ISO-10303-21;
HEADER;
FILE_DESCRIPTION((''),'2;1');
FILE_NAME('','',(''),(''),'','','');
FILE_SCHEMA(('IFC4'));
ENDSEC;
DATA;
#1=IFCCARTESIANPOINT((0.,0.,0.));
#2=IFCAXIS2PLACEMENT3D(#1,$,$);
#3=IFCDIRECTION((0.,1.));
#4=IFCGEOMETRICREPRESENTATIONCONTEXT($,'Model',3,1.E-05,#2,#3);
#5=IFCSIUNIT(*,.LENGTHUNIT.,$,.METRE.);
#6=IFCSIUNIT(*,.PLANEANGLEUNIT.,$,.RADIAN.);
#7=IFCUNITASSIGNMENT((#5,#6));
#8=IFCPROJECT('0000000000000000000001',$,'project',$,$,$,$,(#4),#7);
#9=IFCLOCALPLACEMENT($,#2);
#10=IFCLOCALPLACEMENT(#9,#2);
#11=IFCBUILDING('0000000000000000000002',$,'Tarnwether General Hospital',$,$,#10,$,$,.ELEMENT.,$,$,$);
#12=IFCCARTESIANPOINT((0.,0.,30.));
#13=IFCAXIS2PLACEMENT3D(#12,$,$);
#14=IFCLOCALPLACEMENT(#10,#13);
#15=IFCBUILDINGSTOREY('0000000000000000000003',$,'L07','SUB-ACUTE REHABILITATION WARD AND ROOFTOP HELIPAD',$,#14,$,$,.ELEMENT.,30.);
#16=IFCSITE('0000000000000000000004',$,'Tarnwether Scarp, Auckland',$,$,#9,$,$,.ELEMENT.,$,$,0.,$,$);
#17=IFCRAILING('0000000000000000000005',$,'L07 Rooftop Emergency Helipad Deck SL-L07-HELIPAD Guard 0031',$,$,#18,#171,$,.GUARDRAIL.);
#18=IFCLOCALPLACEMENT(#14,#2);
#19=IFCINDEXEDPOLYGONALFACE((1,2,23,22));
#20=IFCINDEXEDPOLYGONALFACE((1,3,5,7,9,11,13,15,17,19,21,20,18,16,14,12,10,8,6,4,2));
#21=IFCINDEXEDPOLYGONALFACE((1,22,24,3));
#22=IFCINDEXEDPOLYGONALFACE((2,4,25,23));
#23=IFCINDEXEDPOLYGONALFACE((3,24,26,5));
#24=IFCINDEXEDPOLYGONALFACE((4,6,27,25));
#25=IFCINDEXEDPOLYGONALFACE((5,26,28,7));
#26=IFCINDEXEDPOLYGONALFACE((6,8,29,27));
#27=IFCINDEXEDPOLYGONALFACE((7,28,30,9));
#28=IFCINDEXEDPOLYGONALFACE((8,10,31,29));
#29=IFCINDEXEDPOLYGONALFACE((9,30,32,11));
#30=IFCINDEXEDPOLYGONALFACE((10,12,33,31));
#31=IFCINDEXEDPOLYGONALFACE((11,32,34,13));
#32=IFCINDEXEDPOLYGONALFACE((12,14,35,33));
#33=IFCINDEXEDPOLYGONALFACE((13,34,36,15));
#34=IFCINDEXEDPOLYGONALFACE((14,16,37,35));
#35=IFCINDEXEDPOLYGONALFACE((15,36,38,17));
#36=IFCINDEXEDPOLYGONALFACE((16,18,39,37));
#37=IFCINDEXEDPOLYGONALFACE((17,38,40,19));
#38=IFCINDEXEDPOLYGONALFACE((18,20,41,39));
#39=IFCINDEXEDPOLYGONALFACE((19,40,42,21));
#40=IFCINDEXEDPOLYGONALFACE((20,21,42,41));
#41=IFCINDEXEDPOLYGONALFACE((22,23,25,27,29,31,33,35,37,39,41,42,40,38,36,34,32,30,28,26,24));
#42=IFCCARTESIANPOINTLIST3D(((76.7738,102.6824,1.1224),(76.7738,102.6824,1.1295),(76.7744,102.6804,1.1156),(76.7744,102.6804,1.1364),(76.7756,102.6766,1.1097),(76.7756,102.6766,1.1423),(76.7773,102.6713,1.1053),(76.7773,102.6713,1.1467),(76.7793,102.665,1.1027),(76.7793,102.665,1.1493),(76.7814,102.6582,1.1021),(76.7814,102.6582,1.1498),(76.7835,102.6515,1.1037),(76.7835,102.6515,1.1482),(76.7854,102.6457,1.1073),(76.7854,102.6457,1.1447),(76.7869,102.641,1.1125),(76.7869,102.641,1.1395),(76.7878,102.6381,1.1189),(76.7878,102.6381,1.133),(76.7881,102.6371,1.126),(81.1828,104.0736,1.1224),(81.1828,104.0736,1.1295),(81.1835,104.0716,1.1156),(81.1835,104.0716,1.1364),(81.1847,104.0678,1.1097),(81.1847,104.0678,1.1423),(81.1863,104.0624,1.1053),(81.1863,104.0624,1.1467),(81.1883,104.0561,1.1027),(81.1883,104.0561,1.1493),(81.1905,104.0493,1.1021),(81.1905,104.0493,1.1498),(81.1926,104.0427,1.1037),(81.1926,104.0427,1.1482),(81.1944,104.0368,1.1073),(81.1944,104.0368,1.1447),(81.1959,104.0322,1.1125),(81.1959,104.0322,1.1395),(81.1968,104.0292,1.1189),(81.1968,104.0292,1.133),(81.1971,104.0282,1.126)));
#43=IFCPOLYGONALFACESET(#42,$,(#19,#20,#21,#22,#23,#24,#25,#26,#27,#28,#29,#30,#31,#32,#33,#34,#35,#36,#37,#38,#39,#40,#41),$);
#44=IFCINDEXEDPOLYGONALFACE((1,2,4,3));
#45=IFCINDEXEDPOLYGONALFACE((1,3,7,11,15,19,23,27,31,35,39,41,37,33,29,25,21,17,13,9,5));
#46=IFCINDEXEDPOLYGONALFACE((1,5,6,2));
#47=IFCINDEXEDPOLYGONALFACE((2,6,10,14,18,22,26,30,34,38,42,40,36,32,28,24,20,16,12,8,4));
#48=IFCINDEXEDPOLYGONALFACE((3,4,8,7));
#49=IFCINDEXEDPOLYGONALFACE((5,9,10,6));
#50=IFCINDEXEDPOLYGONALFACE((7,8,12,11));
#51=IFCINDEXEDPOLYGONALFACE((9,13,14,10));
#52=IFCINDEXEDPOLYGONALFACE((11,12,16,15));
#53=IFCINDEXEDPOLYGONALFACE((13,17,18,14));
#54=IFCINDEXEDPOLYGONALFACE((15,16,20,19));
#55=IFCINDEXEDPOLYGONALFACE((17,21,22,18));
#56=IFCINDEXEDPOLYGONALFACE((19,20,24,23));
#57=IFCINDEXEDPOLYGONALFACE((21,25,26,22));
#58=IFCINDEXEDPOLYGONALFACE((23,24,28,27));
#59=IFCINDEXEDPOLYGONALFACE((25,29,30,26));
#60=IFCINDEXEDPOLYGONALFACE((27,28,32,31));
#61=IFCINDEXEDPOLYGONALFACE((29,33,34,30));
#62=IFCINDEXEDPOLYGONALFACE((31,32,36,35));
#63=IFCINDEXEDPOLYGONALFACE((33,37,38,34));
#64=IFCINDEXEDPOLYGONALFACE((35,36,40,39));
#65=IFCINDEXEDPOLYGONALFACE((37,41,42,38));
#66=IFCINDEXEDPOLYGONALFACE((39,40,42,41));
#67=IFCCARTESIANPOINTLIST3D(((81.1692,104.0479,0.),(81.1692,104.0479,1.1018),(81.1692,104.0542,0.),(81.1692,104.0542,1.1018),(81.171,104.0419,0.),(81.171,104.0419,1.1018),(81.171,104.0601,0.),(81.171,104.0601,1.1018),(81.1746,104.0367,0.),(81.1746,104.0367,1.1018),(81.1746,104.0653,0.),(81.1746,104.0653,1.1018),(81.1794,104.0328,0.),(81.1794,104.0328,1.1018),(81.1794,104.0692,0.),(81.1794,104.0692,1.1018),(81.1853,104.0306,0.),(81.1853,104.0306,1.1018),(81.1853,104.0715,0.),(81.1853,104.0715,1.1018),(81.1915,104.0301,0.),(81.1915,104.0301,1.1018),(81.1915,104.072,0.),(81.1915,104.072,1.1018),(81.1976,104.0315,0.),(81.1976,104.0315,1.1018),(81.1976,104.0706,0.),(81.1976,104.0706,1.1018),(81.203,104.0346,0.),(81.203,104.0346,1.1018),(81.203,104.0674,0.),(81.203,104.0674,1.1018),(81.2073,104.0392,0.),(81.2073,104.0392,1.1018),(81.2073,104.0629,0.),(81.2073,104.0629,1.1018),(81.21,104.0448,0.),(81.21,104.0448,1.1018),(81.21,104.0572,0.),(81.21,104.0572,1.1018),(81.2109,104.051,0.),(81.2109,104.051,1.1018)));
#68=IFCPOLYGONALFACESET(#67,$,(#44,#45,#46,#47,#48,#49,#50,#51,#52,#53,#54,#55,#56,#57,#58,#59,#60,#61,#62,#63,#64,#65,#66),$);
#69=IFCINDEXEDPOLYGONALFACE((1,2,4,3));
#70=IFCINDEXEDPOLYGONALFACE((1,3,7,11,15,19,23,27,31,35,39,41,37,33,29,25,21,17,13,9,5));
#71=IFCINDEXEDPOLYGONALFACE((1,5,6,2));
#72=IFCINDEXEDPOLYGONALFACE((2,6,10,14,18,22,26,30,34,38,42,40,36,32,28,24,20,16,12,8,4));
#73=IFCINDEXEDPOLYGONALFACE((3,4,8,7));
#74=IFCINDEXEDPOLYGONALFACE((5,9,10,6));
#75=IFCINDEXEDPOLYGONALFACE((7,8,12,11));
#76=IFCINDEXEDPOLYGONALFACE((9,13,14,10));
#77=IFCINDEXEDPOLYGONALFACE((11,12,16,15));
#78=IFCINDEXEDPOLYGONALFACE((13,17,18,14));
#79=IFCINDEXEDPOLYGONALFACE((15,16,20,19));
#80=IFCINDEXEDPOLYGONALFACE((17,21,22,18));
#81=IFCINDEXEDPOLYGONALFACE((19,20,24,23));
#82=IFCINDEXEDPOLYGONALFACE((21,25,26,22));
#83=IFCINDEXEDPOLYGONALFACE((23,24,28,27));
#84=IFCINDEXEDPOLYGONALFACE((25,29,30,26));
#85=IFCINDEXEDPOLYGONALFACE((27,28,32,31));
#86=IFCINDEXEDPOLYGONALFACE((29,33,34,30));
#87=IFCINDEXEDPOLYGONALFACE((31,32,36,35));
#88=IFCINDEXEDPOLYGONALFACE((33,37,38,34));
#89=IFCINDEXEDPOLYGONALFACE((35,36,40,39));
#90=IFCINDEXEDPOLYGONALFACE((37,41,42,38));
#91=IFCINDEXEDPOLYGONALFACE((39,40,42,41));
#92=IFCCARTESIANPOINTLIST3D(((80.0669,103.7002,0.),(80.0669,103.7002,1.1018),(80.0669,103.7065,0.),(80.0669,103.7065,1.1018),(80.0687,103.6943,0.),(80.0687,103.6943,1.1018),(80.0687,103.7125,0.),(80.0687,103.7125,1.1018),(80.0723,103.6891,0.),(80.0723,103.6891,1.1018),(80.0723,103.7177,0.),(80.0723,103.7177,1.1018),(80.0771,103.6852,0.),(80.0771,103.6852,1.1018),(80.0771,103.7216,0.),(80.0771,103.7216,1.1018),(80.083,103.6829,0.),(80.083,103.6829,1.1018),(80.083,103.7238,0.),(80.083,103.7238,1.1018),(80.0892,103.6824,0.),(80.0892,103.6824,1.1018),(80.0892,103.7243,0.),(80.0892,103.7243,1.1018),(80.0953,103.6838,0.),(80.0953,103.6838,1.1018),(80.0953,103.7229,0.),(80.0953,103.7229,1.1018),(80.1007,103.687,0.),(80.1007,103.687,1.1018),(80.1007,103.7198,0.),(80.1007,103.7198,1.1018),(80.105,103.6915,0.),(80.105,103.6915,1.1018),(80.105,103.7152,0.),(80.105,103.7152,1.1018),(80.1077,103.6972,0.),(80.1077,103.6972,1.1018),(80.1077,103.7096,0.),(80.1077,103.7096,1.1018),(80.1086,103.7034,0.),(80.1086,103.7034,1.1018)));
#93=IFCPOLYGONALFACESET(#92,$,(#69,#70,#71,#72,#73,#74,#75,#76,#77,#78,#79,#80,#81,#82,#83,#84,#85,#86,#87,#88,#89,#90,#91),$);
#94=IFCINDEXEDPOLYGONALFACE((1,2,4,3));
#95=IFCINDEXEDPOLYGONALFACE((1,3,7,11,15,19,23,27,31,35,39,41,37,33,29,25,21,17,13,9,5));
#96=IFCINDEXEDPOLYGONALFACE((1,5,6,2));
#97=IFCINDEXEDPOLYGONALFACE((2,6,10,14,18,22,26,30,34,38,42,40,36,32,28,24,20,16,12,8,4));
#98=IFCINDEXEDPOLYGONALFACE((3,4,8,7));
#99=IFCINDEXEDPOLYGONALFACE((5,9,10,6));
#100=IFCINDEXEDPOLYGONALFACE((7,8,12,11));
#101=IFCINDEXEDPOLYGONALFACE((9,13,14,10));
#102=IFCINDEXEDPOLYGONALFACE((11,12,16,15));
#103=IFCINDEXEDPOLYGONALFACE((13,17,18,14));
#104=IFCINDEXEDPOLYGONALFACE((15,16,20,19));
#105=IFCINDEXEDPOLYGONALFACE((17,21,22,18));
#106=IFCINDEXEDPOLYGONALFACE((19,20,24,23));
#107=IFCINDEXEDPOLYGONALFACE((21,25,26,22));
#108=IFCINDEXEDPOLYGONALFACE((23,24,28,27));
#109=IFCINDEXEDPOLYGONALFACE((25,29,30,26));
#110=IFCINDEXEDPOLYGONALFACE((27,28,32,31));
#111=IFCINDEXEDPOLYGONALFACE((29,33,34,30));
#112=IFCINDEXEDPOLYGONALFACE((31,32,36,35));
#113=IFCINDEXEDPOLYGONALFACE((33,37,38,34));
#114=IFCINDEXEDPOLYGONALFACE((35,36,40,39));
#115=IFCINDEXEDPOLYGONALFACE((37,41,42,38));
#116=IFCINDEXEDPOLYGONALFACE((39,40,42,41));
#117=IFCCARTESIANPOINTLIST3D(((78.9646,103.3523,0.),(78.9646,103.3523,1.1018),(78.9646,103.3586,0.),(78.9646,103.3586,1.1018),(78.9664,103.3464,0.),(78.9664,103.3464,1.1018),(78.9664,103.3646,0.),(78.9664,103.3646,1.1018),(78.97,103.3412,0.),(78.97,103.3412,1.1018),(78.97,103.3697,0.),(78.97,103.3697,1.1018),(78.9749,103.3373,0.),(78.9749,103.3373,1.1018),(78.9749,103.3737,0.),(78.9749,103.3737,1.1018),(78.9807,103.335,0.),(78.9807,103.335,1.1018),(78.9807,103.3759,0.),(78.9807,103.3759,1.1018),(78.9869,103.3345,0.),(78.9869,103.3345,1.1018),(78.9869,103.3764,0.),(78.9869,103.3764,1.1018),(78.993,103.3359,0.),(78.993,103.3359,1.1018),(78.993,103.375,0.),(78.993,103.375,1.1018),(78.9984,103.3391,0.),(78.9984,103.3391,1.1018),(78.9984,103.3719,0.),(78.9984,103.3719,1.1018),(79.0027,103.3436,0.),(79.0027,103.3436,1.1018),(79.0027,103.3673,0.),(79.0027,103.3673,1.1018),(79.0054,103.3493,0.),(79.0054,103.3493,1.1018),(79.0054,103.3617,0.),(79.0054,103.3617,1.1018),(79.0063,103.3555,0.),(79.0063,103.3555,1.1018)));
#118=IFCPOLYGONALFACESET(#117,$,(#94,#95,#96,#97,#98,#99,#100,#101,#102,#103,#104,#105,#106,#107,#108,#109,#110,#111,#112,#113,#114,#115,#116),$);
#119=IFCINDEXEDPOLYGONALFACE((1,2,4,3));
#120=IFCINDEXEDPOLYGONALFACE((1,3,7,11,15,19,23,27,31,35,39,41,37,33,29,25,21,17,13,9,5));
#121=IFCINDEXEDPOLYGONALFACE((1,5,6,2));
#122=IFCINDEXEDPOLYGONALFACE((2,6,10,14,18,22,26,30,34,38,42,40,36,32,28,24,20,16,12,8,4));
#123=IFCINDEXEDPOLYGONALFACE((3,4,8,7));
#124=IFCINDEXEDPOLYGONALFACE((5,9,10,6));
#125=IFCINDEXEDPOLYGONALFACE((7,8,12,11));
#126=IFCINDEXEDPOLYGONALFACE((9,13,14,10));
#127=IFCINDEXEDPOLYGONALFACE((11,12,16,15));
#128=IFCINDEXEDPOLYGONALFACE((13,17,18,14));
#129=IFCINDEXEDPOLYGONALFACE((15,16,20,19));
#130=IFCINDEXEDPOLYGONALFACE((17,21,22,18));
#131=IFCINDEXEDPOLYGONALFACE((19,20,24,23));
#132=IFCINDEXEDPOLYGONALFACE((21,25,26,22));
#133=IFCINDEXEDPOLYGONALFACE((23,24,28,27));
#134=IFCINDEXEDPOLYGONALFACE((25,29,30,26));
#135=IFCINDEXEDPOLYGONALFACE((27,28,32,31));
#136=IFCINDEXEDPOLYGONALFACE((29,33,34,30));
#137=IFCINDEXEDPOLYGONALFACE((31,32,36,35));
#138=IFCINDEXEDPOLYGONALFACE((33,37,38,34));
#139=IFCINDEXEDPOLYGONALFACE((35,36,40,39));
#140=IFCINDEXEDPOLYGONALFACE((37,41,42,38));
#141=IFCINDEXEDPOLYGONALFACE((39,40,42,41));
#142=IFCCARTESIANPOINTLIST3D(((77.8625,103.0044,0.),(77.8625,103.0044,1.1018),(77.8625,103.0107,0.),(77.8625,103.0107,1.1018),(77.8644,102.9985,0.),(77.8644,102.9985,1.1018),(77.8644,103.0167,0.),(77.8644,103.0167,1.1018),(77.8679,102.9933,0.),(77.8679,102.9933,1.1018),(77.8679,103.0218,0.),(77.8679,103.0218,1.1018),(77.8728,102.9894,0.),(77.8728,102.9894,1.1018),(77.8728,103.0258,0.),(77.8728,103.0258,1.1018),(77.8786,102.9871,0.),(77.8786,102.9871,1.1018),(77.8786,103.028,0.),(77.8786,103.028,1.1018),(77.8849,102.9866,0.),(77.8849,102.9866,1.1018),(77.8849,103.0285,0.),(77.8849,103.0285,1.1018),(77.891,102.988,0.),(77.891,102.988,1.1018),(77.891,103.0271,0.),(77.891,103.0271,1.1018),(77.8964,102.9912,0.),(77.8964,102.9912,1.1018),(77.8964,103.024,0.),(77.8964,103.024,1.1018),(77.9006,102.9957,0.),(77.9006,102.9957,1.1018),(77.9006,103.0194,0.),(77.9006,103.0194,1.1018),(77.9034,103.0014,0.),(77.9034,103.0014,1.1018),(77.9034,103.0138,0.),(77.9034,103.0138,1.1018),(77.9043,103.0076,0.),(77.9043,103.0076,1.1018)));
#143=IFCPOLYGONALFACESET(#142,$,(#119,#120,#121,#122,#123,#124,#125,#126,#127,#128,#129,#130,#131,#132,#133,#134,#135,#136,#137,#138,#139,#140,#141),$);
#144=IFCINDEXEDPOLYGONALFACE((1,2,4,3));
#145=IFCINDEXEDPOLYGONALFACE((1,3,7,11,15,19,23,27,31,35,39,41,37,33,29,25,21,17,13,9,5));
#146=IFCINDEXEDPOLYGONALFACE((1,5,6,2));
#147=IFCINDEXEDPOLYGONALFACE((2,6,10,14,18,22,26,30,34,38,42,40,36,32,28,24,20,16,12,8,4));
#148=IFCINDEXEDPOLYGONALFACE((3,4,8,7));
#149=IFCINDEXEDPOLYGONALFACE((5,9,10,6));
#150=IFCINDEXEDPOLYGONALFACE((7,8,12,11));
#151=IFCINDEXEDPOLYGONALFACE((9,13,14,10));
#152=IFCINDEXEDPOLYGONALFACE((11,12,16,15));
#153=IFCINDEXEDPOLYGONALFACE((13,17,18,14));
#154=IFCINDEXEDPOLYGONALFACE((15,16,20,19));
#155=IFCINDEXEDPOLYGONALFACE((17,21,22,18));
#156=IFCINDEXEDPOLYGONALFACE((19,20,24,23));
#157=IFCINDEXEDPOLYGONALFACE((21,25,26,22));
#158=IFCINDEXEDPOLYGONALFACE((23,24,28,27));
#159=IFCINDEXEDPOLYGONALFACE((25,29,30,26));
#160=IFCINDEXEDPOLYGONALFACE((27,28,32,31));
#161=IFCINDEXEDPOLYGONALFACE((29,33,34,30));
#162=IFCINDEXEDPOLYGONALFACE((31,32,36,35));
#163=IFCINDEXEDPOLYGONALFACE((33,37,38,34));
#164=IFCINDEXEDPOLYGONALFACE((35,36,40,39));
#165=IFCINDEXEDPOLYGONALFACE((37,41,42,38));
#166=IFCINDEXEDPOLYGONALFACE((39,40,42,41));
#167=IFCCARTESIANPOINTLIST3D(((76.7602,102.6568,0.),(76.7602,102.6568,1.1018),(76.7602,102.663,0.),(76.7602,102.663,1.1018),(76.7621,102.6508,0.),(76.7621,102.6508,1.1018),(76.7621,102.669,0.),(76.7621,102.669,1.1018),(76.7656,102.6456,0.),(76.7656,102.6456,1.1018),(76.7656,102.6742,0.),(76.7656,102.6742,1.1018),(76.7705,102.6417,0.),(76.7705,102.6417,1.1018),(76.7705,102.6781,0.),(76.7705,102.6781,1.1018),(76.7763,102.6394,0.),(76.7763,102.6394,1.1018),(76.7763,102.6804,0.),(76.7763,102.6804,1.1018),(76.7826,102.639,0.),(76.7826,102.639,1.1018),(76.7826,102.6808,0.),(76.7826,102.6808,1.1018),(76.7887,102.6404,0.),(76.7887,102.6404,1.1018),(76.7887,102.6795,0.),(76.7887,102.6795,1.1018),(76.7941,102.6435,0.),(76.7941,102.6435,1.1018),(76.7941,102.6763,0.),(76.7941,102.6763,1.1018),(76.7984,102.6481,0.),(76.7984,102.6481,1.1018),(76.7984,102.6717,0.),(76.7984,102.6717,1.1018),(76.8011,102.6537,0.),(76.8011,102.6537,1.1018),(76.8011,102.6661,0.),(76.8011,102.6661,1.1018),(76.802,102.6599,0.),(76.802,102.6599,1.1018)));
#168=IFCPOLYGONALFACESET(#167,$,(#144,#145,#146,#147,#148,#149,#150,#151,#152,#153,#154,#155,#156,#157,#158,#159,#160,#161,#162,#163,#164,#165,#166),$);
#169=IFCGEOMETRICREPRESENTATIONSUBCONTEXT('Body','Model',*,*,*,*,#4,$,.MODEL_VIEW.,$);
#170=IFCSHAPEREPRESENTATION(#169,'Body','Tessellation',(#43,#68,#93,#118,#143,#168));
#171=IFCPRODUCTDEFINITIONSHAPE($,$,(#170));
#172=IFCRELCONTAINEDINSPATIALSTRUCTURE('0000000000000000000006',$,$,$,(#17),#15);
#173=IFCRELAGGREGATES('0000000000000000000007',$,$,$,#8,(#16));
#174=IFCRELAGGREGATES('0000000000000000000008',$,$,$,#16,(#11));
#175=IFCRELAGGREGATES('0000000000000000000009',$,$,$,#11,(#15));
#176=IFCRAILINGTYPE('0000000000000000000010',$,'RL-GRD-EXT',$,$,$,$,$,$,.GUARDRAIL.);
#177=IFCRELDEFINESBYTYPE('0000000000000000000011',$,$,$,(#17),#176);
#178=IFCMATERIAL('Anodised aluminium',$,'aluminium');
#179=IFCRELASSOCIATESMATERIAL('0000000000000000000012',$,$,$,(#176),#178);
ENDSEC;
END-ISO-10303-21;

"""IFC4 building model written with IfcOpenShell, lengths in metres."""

from ifc_helpers import new_model, si_unit, direction, frame, origin, origin_2d, place, context, subcontext, project, spatial, circle, extrude, material, type_object, element, save


model = new_model("IFC4")

# Units and contexts
model_context = context("Model", 3, precision=1e-05, world=origin(), true_north=direction((0.0, 1.0)))
body_context = subcontext(model_context, "Body", "Model", "MODEL_VIEW")
ifc_project = project(units=[si_unit("LENGTHUNIT", "METRE"), si_unit("PLANEANGLEUNIT", "RADIAN")], contexts=[model_context])

# Site, building, storey
site_placement = place(None, origin())
site = spatial("IfcSite", under=ifc_project, at=site_placement, Name="Tarnwether Scarp, Auckland", CompositionType="ELEMENT", RefElevation=0.0)
building_placement = place(site_placement, origin())
building = spatial("IfcBuilding", under=site, at=building_placement, Name="Tarnwether General Hospital", CompositionType="ELEMENT")
storey_placement = place(building_placement, frame((0.0, 0.0, 30.0)))
storey = spatial("IfcBuildingStorey", under=building, at=storey_placement, Name="L07", Description="SUB-ACUTE REHABILITATION WARD AND ROOFTOP HELIPAD", CompositionType="ELEMENT", Elevation=30.0)

# Railing
ifc_material_1 = material(Name="Anodised aluminium", Category="aluminium")
railing_type = type_object("IfcRailingType", Name="RL-GRD-EXT", PredefinedType="GUARDRAIL", material=ifc_material_1)
railing_1_placement = place(storey_placement, frame((81.1899, 104.051, 0.0)))
element("IfcRailing", 1, at=railing_1_placement, inside=storey, type_object=railing_type, Name="L07 Rooftop Emergency Helipad Deck SL-L07-HELIPAD Guard 0031", PredefinedType="GUARDRAIL", context=body_context, shape_type="SweptSolid", body=[
    extrude(circle(Radius=0.0239, at=origin_2d()), frame((0.0, 0.0, 1.126), z_axis=(-0.953656, -0.300899, 0.0), x_axis=(0.300899, -0.953656, 0.0)), (0.0, 0.0, 1.0), 4.6233),
    extrude(circle(Radius=0.021, at=origin_2d()), origin(), (0.0, 0.0, 1.0), 1.1018),
    extrude(circle(Radius=0.021, at=origin_2d()), frame((-1.1023, -0.3477, 0.0)), (0.0, 0.0, 1.0), 1.1018),
    extrude(circle(Radius=0.021, at=origin_2d()), frame((-2.2046, -0.6956, 0.0)), (0.0, 0.0, 1.0), 1.1018),
    extrude(circle(Radius=0.021, at=origin_2d()), frame((-3.3066, -1.0435, 0.0)), (0.0, 0.0, 1.0), 1.1018),
    extrude(circle(Radius=0.021, at=origin_2d()), frame((-4.4089, -1.3911, 0.0)), (0.0, 0.0, 1.0), 1.1018),
])

save(model, "model.ifc")
